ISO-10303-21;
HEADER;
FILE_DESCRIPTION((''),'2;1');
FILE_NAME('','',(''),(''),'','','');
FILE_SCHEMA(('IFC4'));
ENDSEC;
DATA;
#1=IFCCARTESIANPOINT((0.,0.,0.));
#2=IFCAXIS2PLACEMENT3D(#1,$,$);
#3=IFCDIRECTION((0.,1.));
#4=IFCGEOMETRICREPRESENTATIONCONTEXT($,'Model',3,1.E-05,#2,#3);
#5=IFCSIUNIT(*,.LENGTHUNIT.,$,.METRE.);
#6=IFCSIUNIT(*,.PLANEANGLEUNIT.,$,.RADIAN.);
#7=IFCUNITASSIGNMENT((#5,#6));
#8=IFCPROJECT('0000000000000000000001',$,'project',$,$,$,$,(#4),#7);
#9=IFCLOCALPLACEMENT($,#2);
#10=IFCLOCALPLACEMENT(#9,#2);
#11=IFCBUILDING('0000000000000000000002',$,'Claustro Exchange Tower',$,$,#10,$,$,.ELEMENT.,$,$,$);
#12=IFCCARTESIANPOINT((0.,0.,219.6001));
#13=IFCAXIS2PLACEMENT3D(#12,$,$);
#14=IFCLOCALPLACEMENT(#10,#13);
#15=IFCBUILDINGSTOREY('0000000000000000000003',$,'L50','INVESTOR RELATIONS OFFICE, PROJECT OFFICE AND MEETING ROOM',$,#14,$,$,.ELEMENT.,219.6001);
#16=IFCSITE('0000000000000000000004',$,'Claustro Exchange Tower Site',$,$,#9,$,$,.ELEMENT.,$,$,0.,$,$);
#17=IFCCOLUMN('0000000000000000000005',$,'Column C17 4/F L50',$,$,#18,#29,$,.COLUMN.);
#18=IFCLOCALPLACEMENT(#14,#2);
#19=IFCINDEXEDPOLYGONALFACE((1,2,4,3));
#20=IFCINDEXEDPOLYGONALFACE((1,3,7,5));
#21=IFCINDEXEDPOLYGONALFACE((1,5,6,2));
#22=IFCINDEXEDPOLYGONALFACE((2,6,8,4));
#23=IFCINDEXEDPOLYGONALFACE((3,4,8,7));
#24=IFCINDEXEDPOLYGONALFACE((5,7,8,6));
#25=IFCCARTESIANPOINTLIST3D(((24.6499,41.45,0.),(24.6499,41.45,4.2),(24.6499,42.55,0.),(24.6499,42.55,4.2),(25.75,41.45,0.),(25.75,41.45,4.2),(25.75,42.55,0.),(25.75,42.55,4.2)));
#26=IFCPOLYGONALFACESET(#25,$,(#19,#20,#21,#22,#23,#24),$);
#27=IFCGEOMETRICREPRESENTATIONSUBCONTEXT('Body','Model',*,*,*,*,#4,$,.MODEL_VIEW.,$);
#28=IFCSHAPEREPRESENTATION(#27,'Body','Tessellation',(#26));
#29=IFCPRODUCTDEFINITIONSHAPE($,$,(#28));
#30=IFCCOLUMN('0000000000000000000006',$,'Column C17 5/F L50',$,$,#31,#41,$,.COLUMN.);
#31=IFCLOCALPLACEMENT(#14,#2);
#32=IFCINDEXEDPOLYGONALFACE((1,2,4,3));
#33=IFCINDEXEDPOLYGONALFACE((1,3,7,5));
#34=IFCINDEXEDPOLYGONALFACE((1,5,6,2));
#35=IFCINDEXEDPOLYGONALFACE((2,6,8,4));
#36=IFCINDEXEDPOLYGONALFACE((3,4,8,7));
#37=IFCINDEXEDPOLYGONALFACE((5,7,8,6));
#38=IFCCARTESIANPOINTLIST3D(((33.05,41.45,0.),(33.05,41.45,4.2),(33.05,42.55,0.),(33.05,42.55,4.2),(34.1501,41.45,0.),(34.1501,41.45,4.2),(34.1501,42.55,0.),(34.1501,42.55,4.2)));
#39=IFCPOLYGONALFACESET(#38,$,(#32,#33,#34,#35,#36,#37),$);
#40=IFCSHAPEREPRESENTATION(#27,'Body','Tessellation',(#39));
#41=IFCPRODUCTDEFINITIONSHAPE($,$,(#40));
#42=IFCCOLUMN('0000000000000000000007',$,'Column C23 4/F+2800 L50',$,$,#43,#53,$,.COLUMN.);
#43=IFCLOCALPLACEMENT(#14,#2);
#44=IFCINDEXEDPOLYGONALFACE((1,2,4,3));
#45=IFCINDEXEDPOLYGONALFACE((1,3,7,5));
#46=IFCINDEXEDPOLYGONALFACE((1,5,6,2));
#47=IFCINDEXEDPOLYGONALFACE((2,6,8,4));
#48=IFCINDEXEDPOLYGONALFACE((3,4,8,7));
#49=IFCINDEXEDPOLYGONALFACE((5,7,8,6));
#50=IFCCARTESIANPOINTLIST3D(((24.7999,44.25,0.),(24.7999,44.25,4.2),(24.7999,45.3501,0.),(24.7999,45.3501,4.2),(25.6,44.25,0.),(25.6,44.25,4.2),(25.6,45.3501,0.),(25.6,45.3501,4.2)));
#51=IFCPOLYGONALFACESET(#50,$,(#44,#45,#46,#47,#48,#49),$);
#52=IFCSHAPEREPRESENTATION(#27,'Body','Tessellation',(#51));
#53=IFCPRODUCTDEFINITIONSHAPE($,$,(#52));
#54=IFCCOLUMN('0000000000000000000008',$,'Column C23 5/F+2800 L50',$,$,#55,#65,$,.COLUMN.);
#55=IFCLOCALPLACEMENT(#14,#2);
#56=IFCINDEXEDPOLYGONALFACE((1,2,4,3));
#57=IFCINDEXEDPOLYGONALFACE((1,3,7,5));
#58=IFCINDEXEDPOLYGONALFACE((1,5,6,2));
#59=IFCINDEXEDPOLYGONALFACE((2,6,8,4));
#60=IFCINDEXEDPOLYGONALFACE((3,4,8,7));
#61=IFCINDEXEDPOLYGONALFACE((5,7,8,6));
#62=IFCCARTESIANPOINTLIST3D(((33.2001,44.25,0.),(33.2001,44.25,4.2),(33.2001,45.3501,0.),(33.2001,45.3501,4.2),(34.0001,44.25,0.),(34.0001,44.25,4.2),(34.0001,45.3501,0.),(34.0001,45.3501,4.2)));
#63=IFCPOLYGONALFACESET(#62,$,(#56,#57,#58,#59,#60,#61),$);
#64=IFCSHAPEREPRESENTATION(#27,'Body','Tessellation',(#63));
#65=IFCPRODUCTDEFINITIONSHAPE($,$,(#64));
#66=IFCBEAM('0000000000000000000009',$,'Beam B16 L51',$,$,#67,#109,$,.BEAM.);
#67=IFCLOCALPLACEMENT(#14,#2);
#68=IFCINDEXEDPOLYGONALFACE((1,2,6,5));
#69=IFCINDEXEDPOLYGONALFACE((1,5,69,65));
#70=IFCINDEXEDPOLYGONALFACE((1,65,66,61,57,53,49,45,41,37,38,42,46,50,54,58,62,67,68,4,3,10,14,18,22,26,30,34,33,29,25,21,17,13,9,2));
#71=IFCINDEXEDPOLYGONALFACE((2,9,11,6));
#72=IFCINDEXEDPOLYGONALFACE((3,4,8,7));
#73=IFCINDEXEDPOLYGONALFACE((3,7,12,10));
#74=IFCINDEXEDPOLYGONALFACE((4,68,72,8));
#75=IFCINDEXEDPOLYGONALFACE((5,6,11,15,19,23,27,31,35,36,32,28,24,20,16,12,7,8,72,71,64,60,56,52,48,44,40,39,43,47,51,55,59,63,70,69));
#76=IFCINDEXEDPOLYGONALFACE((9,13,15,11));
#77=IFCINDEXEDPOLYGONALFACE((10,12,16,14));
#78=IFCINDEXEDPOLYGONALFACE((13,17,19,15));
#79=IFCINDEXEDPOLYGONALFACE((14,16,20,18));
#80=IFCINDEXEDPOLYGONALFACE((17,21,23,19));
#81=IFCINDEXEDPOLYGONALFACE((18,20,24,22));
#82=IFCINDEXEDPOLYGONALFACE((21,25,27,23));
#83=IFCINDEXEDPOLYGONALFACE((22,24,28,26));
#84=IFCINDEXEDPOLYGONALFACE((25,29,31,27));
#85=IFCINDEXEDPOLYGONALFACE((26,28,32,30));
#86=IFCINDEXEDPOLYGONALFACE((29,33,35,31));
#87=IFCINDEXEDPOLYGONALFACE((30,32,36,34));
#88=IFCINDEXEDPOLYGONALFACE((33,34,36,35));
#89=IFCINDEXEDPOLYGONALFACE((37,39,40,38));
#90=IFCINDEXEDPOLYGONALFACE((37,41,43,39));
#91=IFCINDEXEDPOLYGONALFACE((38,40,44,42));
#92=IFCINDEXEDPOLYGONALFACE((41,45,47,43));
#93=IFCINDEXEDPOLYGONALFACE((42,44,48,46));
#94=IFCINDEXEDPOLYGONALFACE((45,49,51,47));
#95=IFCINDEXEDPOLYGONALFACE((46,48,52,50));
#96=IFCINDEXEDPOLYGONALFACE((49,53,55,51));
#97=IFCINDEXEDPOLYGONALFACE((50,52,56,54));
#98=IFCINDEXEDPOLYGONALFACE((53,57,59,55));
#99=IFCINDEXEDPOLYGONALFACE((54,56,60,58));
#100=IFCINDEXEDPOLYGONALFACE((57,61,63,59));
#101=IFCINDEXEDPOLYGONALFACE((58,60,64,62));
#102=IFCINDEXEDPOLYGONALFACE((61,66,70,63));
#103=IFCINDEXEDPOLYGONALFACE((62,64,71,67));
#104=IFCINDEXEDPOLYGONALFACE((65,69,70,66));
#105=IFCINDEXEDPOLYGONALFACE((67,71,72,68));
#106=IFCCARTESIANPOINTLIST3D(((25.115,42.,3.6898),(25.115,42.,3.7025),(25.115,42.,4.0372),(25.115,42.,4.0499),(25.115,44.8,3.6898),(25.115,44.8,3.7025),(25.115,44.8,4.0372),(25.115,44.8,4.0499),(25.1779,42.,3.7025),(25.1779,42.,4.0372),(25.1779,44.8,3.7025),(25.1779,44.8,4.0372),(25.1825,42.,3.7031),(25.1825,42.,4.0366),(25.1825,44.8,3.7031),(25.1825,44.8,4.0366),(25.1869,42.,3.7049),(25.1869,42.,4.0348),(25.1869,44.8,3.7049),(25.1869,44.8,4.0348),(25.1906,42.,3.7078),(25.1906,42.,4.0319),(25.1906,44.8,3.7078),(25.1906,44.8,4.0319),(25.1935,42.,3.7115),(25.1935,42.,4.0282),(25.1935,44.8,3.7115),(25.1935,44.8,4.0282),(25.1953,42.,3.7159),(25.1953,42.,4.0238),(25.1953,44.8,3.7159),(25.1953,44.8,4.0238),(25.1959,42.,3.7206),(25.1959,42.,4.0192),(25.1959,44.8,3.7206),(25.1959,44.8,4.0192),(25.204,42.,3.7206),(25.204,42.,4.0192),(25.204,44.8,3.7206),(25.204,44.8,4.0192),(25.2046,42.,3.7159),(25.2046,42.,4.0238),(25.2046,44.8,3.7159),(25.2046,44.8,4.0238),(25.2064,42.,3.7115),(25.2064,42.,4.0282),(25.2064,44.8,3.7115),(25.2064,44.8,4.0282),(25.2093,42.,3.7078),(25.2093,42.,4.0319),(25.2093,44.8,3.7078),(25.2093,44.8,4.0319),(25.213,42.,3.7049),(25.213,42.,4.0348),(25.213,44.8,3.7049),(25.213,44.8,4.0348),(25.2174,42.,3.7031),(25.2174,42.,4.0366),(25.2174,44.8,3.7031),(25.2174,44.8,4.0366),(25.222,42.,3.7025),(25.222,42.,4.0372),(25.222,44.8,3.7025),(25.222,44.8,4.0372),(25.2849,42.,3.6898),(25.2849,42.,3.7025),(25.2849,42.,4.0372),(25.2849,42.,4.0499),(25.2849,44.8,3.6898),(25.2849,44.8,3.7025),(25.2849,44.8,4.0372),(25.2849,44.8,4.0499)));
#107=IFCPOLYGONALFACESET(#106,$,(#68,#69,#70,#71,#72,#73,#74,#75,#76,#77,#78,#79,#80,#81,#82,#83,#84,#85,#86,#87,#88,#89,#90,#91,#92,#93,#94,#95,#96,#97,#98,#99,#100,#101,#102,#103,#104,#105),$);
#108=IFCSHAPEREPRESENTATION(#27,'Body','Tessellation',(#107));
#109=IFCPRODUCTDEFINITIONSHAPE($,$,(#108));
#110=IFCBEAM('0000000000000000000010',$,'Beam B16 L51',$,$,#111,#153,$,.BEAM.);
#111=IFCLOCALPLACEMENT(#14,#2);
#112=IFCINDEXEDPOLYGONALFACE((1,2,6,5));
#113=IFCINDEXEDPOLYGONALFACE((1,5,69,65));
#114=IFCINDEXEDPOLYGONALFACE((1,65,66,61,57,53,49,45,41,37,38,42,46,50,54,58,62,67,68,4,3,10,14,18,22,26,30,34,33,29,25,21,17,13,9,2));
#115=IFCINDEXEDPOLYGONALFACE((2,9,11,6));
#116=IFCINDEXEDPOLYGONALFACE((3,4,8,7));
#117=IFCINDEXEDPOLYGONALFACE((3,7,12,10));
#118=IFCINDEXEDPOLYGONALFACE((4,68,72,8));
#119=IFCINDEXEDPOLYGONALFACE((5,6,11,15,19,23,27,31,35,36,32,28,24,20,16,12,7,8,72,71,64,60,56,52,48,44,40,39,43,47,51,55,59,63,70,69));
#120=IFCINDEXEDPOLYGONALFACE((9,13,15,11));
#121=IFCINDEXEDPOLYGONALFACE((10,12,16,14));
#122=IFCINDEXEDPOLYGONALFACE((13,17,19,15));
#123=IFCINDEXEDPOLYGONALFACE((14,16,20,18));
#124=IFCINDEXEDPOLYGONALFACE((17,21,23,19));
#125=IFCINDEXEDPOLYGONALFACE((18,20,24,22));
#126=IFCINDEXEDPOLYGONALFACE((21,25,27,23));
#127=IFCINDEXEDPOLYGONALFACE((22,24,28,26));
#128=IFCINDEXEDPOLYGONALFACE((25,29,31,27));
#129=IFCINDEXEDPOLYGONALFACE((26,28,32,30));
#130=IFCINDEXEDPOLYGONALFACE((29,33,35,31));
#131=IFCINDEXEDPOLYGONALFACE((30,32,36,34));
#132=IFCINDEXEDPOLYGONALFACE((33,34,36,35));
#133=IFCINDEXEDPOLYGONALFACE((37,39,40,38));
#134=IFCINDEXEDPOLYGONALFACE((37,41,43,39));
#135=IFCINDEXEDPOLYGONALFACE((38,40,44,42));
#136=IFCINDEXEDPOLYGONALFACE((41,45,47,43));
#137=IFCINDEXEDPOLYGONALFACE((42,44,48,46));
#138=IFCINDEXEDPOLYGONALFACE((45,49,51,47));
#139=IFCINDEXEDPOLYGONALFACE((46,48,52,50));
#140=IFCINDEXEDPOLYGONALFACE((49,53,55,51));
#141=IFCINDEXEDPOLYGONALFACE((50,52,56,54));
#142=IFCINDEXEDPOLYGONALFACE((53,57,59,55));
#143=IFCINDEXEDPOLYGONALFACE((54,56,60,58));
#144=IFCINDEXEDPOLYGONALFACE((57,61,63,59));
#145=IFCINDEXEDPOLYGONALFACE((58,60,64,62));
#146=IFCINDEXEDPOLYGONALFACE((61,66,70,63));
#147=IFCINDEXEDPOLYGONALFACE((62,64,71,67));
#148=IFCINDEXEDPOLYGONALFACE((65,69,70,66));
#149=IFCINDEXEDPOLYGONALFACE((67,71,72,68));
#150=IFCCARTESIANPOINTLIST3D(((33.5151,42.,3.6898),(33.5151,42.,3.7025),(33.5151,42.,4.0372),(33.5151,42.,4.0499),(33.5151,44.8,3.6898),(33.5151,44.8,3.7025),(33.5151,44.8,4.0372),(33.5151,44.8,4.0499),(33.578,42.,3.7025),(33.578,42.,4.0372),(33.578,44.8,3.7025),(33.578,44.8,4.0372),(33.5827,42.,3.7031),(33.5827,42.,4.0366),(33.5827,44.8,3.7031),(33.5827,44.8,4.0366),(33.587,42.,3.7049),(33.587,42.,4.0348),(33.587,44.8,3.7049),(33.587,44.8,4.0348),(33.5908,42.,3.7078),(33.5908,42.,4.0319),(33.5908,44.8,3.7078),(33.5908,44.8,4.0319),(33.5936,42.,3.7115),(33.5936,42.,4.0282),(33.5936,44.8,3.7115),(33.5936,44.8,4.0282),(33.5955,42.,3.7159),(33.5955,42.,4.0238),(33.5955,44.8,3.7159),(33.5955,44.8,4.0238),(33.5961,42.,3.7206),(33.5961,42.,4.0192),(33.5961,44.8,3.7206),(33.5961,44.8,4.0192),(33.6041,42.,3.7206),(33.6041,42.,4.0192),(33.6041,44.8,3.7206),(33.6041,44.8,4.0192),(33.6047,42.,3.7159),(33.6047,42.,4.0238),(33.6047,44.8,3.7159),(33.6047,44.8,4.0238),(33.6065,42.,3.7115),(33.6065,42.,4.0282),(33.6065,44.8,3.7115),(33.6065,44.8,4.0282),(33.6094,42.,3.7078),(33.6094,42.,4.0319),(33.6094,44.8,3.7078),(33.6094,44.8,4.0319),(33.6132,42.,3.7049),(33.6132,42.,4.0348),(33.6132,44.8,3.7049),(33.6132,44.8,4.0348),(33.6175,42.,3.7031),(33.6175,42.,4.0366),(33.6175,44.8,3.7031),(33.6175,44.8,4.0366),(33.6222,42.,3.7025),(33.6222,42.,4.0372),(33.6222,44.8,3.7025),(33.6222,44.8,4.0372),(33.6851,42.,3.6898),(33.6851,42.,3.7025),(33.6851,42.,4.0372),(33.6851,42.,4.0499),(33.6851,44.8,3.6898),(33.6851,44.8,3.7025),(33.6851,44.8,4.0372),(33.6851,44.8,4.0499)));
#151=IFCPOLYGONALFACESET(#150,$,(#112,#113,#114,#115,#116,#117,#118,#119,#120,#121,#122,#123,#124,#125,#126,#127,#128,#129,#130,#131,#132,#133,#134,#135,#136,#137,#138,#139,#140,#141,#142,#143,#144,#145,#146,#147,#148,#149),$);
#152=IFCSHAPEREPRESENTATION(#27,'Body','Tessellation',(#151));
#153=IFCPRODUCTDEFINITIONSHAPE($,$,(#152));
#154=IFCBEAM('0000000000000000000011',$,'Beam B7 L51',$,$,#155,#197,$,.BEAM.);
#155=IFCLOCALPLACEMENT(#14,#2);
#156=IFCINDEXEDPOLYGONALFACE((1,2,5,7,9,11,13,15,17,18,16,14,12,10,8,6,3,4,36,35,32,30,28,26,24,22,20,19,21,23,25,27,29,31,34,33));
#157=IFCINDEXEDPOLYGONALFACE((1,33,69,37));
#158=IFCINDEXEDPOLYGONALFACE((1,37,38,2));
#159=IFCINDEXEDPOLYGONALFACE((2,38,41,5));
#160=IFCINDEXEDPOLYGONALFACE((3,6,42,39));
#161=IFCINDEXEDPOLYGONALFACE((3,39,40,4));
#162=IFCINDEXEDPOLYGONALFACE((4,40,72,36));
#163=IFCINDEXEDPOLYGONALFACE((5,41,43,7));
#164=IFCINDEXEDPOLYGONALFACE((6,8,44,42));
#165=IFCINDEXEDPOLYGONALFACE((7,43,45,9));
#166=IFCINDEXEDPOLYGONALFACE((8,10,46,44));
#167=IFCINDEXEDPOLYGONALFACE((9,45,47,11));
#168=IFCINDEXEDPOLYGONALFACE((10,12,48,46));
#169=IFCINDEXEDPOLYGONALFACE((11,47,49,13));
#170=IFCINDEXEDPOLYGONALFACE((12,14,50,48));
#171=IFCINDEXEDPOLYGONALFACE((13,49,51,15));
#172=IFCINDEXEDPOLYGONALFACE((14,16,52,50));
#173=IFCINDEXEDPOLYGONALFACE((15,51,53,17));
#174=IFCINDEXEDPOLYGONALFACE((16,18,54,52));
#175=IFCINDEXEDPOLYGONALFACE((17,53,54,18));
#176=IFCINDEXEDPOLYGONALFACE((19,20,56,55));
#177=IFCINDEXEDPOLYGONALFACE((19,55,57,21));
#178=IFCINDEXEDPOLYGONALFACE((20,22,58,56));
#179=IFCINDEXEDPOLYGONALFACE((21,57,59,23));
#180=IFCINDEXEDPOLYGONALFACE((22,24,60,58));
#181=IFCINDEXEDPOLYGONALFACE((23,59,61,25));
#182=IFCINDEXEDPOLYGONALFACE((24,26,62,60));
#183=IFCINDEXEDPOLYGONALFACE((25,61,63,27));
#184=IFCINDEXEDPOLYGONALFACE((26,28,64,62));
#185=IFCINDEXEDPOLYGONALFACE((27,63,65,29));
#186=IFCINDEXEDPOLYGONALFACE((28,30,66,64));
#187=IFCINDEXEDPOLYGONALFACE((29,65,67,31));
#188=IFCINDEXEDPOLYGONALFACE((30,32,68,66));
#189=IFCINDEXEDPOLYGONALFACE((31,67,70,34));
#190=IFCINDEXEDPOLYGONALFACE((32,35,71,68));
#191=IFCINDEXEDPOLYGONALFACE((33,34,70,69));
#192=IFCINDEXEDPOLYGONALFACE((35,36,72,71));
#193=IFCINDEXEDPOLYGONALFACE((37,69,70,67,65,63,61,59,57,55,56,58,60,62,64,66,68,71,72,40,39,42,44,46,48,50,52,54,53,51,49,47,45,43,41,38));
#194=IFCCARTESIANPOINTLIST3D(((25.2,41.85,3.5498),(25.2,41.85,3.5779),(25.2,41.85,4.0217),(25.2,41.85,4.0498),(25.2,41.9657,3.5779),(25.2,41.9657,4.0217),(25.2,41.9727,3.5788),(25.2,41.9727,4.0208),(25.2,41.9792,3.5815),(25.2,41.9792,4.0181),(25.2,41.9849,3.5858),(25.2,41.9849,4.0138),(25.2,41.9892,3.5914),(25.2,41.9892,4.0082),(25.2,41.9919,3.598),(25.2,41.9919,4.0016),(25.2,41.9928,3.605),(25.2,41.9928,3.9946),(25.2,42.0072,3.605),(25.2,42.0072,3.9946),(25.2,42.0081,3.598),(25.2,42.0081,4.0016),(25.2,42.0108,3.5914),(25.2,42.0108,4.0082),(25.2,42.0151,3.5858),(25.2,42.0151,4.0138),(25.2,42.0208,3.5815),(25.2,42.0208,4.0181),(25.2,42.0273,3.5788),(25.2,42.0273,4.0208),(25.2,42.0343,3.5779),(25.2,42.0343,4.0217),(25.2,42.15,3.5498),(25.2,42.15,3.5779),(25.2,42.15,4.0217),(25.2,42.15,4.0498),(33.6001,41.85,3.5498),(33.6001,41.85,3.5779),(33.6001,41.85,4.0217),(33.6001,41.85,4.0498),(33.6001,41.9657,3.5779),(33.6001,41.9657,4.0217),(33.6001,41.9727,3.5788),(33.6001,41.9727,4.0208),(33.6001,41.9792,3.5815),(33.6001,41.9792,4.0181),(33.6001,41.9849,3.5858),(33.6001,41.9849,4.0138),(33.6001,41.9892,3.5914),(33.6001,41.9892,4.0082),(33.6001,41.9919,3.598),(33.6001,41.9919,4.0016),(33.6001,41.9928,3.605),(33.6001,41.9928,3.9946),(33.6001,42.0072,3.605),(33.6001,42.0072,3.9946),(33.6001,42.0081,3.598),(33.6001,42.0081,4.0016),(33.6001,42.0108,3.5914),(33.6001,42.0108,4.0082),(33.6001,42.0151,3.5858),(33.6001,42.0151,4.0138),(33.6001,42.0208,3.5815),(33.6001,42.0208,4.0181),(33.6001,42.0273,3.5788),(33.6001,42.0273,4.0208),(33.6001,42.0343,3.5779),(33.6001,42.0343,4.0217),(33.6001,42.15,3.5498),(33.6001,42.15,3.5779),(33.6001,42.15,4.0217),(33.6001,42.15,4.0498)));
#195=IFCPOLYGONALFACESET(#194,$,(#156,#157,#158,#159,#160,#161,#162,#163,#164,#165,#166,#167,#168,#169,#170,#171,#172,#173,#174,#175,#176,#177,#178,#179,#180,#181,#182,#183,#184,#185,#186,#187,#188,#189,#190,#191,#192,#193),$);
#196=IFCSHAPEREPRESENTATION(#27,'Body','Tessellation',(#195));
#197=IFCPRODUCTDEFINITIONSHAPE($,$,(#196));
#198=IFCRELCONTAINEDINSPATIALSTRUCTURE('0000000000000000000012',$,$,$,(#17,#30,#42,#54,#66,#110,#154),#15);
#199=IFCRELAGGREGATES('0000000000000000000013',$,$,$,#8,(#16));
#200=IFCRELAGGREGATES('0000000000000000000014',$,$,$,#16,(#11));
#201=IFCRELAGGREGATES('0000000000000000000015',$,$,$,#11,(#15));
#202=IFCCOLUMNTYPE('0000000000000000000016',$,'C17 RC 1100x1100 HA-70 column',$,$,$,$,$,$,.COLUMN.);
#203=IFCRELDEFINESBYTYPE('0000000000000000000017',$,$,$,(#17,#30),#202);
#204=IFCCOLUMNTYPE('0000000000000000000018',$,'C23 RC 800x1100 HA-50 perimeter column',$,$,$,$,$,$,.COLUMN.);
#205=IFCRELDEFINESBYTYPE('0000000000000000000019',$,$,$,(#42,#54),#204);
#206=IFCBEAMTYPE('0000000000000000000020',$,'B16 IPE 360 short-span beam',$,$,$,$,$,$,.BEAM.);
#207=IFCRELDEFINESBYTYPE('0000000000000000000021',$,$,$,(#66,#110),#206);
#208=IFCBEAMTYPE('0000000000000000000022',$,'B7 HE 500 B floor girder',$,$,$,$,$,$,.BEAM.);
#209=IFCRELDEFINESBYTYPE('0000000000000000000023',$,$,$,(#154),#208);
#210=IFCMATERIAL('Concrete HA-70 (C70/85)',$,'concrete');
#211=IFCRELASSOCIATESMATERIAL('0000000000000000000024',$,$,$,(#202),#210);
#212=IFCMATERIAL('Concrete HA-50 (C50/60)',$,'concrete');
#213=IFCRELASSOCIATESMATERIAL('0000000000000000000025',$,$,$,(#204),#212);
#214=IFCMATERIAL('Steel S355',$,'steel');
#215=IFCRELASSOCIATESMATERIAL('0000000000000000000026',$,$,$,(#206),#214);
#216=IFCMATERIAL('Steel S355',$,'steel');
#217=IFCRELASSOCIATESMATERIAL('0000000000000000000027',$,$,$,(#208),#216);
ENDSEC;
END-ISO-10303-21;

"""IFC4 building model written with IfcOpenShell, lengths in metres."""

from ifc_helpers import new_model, si_unit, direction, frame, origin, origin_2d, place, context, subcontext, project, spatial, rectangle, i_section, extrude, material, material_profile, profile_set, type_object, element, save


model = new_model("IFC4")

# Units and contexts
model_context = context("Model", 3, precision=1e-05, world=origin(), true_north=direction((0.0, 1.0)))
body_context = subcontext(model_context, "Body", "Model", "MODEL_VIEW")
ifc_project = project(units=[si_unit("LENGTHUNIT", "METRE"), si_unit("PLANEANGLEUNIT", "RADIAN")], contexts=[model_context])

# Site, building, storey
site_placement = place(None, origin())
site = spatial("IfcSite", under=ifc_project, at=site_placement, Name="Claustro Exchange Tower Site", CompositionType="ELEMENT", RefElevation=0.0)
building_placement = place(site_placement, origin())
building = spatial("IfcBuilding", under=site, at=building_placement, Name="Claustro Exchange Tower", CompositionType="ELEMENT")
storey_placement = place(building_placement, frame((0.0, 0.0, 219.6001)))
storey = spatial("IfcBuildingStorey", under=building, at=storey_placement, Name="L50", Description="INVESTOR RELATIONS OFFICE, PROJECT OFFICE AND MEETING ROOM", CompositionType="ELEMENT", Elevation=219.6001)

# Columns
ifc_material_1 = material(Name="Concrete HA-70 (C70/85)", Category="concrete")
ifc_material_profile_1 = material_profile(ifc_material_1, rectangle(XDim=1.1001, YDim=1.1001, at=origin_2d()), Name="RC 1100x1100")
ifc_profile_set_1 = profile_set([ifc_material_profile_1], Name="Concrete HA-70 (C70/85)")
column_type_1 = type_object("IfcColumnType", Name="C17 RC 1100x1100 HA-70 column", PredefinedType="COLUMN", material=ifc_profile_set_1)
for number, where, z_axis, x_axis, name in (
    (1, (25.2, 42.0, 0.0), (0.0, 0.0, 1.0), (1.0, 0.0, 0.0), "Column C17 4/F L50"),
    (2, (33.6001, 42.0, 0.0), (0.0, 0.0, 1.0), (1.0, 0.0, 0.0), "Column C17 5/F L50"),
):
    element("IfcColumn", number, at=place(storey_placement, frame(where, z_axis=z_axis, x_axis=x_axis)), inside=storey, type_object=column_type_1, Name=name, PredefinedType="COLUMN", context=body_context, shape_type="SweptSolid", body=[
        extrude(rectangle(XDim=1.1001, YDim=1.1001, at=origin_2d()), origin(), (0.0, 0.0, 1.0), 4.2),
    ])
ifc_material_2 = material(Name="Concrete HA-50 (C50/60)", Category="concrete")
ifc_material_profile_2 = material_profile(ifc_material_2, rectangle(XDim=0.8, YDim=1.1001, at=origin_2d()), Name="RC 800x1100")
ifc_profile_set_2 = profile_set([ifc_material_profile_2], Name="Concrete HA-50 (C50/60)")
column_type_2 = type_object("IfcColumnType", Name="C23 RC 800x1100 HA-50 perimeter column", PredefinedType="COLUMN", material=ifc_profile_set_2)
for number, where, z_axis, x_axis, name in (
    (3, (25.2, 44.8, 0.0), (0.0, 0.0, 1.0), (1.0, 0.0, 0.0), "Column C23 4/F+2800 L50"),
    (4, (33.6001, 44.8, 0.0), (0.0, 0.0, 1.0), (1.0, 0.0, 0.0), "Column C23 5/F+2800 L50"),
):
    element("IfcColumn", number, at=place(storey_placement, frame(where, z_axis=z_axis, x_axis=x_axis)), inside=storey, type_object=column_type_2, Name=name, PredefinedType="COLUMN", context=body_context, shape_type="SweptSolid", body=[
        extrude(rectangle(XDim=0.8, YDim=1.1001, at=origin_2d()), origin(), (0.0, 0.0, 1.0), 4.2),
    ])

# Beams
ifc_material_3 = material(Name="Steel S355", Category="steel")
ifc_material_profile_3 = material_profile(ifc_material_3, i_section(OverallWidth=0.1699, OverallDepth=0.3601, WebThickness=0.0081, FlangeThickness=0.0127, FilletRadius=0.0181, at=origin_2d()), Name="IPE 360")
ifc_profile_set_3 = profile_set([ifc_material_profile_3], Name="Steel S355")
beam_type_1 = type_object("IfcBeamType", Name="B16 IPE 360 short-span beam", PredefinedType="BEAM", material=ifc_profile_set_3)
for number, where, z_axis, x_axis, name in (
    (5, (25.2, 42.0, 3.8699), (0.0, 1.0, 0.0), (-1.0, 0.0, 0.0), "Beam B16 L51"),
    (6, (33.6001, 42.0, 3.8699), (0.0, 1.0, 0.0), (-1.0, 0.0, 0.0), "Beam B16 L51"),
):
    element("IfcBeam", number, at=place(storey_placement, frame(where, z_axis=z_axis, x_axis=x_axis)), inside=storey, type_object=beam_type_1, Name=name, PredefinedType="BEAM", context=body_context, shape_type="SweptSolid", body=[
        extrude(i_section(OverallWidth=0.1699, OverallDepth=0.3601, WebThickness=0.0081, FlangeThickness=0.0127, FilletRadius=0.0181, at=origin_2d()), origin(), (0.0, 0.0, 1.0), 2.8),
    ])
ifc_material_4 = material(Name="Steel S355", Category="steel")
ifc_material_profile_4 = material_profile(ifc_material_4, i_section(OverallWidth=0.3, OverallDepth=0.5, WebThickness=0.0144, FlangeThickness=0.0281, FilletRadius=0.0271, at=origin_2d()), Name="HE 500 B")
ifc_profile_set_4 = profile_set([ifc_material_profile_4], Name="Steel S355")
beam_type_2 = type_object("IfcBeamType", Name="B7 HE 500 B floor girder", PredefinedType="BEAM", material=ifc_profile_set_4)
beam_1_placement = place(storey_placement, frame((25.2, 42.0, 3.7998), z_axis=(1.0, 0.0, 0.0), x_axis=(0.0, 1.0, 0.0)))
element("IfcBeam", 7, at=beam_1_placement, inside=storey, type_object=beam_type_2, Name="Beam B7 L51", PredefinedType="BEAM", context=body_context, shape_type="SweptSolid", body=[
    extrude(i_section(OverallWidth=0.3, OverallDepth=0.5, WebThickness=0.0144, FlangeThickness=0.0281, FilletRadius=0.0271, at=origin_2d()), origin(), (0.0, 0.0, 1.0), 8.4001),
])

save(model, "model.ifc")
